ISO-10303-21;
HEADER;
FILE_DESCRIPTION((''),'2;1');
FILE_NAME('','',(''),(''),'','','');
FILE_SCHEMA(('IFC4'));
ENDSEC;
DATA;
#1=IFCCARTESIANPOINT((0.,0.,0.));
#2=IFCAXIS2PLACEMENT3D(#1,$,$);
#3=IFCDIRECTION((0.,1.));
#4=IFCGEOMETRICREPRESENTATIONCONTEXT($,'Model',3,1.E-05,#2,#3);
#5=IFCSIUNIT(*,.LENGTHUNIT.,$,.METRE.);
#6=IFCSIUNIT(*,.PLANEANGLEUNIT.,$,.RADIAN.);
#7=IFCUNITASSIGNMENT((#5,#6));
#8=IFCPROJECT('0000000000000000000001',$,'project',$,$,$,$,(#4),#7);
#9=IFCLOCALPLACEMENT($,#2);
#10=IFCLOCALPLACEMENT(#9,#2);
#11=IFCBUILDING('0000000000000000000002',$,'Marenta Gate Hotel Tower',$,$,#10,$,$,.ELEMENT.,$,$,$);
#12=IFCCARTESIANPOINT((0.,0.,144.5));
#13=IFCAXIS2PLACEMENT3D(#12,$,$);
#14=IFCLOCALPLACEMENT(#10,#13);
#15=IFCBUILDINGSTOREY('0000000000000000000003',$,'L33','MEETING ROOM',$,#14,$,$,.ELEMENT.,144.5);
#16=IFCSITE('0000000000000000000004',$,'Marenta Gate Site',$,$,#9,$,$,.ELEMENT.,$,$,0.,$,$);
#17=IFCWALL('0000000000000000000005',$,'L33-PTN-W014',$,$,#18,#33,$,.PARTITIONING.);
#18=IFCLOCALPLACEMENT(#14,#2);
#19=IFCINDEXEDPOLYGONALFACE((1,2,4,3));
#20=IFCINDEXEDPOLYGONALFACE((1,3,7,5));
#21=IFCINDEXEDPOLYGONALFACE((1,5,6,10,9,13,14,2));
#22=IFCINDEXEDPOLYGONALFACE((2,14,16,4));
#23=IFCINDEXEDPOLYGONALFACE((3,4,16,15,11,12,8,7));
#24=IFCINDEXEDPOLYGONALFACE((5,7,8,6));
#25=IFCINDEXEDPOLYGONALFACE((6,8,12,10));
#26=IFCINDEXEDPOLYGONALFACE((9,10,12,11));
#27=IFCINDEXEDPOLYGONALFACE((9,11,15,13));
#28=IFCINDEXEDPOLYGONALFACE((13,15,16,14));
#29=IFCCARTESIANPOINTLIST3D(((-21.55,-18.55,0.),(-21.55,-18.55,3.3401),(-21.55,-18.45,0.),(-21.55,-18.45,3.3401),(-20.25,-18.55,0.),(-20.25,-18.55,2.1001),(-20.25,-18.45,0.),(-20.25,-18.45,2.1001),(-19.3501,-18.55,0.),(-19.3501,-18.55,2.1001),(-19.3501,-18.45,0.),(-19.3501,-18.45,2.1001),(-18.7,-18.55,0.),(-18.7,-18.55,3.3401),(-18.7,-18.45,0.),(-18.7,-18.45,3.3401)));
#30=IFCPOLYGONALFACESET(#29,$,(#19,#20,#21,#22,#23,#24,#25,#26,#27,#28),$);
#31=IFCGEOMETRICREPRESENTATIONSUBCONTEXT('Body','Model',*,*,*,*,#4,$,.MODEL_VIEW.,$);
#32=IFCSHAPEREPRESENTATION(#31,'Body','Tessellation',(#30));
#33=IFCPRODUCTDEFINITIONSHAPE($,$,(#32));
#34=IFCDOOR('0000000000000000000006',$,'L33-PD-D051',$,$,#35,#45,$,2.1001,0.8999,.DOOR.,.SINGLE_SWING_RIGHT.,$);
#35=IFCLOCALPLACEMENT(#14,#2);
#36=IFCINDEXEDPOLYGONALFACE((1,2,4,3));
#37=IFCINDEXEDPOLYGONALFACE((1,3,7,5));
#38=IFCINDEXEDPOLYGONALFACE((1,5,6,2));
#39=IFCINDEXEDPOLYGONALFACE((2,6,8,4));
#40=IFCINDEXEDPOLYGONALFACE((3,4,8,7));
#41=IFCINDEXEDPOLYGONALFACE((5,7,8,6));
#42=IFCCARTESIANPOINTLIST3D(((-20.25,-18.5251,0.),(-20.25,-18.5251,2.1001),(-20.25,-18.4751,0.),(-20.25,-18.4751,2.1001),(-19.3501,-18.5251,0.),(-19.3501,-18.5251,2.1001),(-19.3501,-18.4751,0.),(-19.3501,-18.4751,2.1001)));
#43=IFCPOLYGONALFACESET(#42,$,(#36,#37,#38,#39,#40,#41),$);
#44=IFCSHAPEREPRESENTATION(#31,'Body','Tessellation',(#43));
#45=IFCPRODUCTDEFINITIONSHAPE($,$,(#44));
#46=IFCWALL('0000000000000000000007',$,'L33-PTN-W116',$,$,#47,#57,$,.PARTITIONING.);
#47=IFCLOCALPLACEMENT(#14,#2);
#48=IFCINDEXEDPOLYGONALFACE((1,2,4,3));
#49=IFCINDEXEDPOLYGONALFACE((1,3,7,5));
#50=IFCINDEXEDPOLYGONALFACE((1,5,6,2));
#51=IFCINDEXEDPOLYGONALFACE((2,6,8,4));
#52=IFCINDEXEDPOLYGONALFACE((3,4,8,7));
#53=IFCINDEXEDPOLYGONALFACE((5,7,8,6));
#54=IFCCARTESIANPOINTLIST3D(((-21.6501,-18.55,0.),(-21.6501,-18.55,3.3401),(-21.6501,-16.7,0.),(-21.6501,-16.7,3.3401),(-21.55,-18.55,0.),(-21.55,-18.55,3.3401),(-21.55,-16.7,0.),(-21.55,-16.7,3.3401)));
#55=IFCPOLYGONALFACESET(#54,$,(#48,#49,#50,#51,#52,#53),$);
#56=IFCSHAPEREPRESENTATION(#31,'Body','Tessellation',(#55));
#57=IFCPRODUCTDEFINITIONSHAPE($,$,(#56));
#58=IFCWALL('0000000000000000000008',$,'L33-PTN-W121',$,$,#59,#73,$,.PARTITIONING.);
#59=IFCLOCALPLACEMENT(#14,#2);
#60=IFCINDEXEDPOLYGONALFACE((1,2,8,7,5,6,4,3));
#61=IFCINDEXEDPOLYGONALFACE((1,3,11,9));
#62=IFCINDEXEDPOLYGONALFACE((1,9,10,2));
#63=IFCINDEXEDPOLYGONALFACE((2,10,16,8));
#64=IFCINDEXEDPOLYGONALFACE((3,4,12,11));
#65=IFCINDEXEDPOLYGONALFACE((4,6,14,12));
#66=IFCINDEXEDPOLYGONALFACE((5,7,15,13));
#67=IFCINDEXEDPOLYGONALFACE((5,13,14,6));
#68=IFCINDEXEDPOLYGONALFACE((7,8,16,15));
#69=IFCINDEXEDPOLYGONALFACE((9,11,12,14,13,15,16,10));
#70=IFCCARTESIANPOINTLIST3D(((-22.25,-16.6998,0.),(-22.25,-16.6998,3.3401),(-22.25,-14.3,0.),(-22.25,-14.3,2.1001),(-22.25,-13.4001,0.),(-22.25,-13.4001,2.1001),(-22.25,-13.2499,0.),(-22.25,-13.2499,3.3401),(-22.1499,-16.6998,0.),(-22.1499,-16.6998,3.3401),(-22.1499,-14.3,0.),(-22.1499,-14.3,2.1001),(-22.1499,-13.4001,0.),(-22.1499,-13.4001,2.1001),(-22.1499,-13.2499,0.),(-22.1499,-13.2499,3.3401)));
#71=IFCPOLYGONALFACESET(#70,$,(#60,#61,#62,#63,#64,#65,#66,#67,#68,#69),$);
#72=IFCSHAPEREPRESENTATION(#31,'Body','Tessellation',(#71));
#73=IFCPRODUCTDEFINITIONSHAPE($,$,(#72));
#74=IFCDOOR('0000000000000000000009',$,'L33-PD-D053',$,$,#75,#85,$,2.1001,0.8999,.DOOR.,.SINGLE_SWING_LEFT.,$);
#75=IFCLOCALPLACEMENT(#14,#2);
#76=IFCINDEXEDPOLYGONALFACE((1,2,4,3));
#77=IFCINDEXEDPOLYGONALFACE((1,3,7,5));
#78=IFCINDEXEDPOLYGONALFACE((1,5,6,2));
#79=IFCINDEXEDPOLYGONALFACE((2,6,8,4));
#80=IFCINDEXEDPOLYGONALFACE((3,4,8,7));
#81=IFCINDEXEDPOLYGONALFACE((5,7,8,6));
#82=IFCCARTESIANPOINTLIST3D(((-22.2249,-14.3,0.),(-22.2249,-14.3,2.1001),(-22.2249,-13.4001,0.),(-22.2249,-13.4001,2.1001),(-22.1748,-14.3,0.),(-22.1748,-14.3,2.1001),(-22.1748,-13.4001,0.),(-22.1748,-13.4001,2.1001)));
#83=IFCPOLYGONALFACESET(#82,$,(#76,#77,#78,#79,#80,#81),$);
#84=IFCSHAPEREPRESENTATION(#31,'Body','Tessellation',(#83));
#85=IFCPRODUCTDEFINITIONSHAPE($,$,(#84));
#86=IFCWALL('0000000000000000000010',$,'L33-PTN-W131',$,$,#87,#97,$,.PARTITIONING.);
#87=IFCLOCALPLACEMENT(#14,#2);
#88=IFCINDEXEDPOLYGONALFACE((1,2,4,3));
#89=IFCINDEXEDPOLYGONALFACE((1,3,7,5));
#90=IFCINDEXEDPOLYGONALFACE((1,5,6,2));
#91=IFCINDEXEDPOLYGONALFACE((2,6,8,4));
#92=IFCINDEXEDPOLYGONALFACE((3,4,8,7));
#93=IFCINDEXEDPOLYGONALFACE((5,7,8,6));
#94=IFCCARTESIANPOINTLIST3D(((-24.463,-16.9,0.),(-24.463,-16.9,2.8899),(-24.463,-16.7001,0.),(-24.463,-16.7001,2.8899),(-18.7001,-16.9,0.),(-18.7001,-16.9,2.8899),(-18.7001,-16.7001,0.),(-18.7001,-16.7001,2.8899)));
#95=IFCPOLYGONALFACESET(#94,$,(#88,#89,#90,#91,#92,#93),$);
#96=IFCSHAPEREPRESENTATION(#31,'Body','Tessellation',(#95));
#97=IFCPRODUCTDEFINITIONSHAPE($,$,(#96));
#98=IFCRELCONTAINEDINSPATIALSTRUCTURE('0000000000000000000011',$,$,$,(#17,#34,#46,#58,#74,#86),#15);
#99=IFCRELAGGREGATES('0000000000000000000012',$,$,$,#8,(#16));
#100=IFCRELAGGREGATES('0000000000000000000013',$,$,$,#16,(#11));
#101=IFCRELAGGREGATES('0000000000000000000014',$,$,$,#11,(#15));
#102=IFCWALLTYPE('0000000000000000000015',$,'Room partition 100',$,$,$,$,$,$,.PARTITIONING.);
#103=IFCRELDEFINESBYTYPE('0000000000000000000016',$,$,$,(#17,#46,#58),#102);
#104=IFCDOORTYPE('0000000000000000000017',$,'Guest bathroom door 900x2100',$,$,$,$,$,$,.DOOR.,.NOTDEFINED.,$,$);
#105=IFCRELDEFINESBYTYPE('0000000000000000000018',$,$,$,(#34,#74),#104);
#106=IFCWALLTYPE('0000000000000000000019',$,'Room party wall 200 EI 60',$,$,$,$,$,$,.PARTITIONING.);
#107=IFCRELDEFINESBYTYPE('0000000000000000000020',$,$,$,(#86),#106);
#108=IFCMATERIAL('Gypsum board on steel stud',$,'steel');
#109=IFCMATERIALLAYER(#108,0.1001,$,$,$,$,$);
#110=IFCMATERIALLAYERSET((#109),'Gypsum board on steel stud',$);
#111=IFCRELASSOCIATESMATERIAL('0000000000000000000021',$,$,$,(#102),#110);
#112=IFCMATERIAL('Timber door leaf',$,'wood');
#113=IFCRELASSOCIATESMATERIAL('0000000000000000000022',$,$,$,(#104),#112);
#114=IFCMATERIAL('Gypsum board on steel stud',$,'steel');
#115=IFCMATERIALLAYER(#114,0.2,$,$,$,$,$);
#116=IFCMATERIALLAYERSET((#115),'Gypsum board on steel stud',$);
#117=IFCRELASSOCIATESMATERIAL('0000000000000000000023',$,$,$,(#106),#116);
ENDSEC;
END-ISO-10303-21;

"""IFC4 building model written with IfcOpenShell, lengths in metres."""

from ifc_helpers import new_model, si_unit, direction, frame, frame_2d, origin, place, context, subcontext, project, spatial, rectangle, extrude, material, layer, layer_set, type_object, element, fill, save


model = new_model("IFC4")

# Units and contexts
model_context = context("Model", 3, precision=1e-05, world=origin(), true_north=direction((0.0, 1.0)))
body_context = subcontext(model_context, "Body", "Model", "MODEL_VIEW")
ifc_project = project(units=[si_unit("LENGTHUNIT", "METRE"), si_unit("PLANEANGLEUNIT", "RADIAN")], contexts=[model_context])

# Site, building, storey
site_placement = place(None, origin())
site = spatial("IfcSite", under=ifc_project, at=site_placement, Name="Marenta Gate Site", CompositionType="ELEMENT", RefElevation=0.0)
building_placement = place(site_placement, origin())
building = spatial("IfcBuilding", under=site, at=building_placement, Name="Marenta Gate Hotel Tower", CompositionType="ELEMENT")
storey_placement = place(building_placement, frame((0.0, 0.0, 144.5)))
storey = spatial("IfcBuildingStorey", under=building, at=storey_placement, Name="L33", Description="MEETING ROOM", CompositionType="ELEMENT", Elevation=144.5)

# Wall, opening, door
ifc_material_1 = material(Name="Gypsum board on steel stud", Category="steel")
ifc_layer_1 = layer(ifc_material_1, 0.1001)
ifc_layer_set_1 = layer_set([ifc_layer_1], Name="Gypsum board on steel stud")
wall_type_1 = type_object("IfcWallType", Name="Room partition 100", PredefinedType="PARTITIONING", material=ifc_layer_set_1)
wall_1_placement = place(storey_placement, frame((-21.55, -18.5, 0.0), z_axis=(0.0, 0.0, 1.0), x_axis=(1.0, 0.0, 0.0)))
wall_1 = element("IfcWall", 1, at=wall_1_placement, inside=storey, type_object=wall_type_1, Name="L33-PTN-W014", PredefinedType="PARTITIONING", context=body_context, shape_type="SweptSolid", body=[
    extrude(rectangle(XDim=2.8501, YDim=0.1001, at=frame_2d((1.425, 0.0))), origin(), (0.0, 0.0, 1.0), 3.3401),
])
opening_1_placement = place(wall_1_placement, frame((1.3, 0.0, 0.0)))
opening_1 = element("IfcOpeningElement", 2, at=opening_1_placement, cuts=wall_1, PredefinedType="OPENING", context=body_context, shape_type="SweptSolid", body=[
    extrude(rectangle(XDim=0.8999, YDim=2.1001, at=frame_2d((0.45, 1.05))), frame((0.0, 0.05, 0.0), z_axis=(0.0, -1.0, 0.0), x_axis=(1.0, 0.0, 0.0)), (0.0, 0.0, 1.0), 0.1001),
])
ifc_material_2 = material(Name="Timber door leaf", Category="wood")
door_type_1 = type_object("IfcDoorType", Name="Guest bathroom door 900x2100", OperationType="NOTDEFINED", PredefinedType="DOOR", material=ifc_material_2)
door_1_placement = place(opening_1_placement, origin())
door_1 = element("IfcDoor", 3, at=door_1_placement, inside=storey, type_object=door_type_1, Name="L33-PD-D051", OperationType="SINGLE_SWING_RIGHT", OverallHeight=2.1001, OverallWidth=0.8999, PredefinedType="DOOR", context=body_context, shape_type="SweptSolid", body=[
    extrude(rectangle(XDim=0.8999, YDim=2.1001, at=frame_2d((0.45, 1.05))), frame((0.0, 0.0249, 0.0), z_axis=(0.0, -1.0, 0.0), x_axis=(1.0, 0.0, 0.0)), (0.0, 0.0, 1.0), 0.05),
])
fill(opening_1, door_1)

# Wall
wall_2_placement = place(storey_placement, frame((-21.6001, -18.55, 0.0), z_axis=(0.0, 0.0, 1.0), x_axis=(0.0, 1.0, 0.0)))
element("IfcWall", 4, at=wall_2_placement, inside=storey, type_object=wall_type_1, Name="L33-PTN-W116", PredefinedType="PARTITIONING", context=body_context, shape_type="SweptSolid", body=[
    extrude(rectangle(XDim=1.8501, YDim=0.1001, at=frame_2d((0.925, 0.0))), origin(), (0.0, 0.0, 1.0), 3.3401),
])

# Wall, opening, door
wall_3_placement = place(storey_placement, frame((-22.2, -16.7, 0.0), z_axis=(0.0, 0.0, 1.0), x_axis=(0.0, 1.0, 0.0)))
wall_3 = element("IfcWall", 5, at=wall_3_placement, inside=storey, type_object=wall_type_1, Name="L33-PTN-W121", PredefinedType="PARTITIONING", context=body_context, shape_type="SweptSolid", body=[
    extrude(rectangle(XDim=3.45, YDim=0.1001, at=frame_2d((1.7251, 0.0))), origin(), (0.0, 0.0, 1.0), 3.3401),
])
opening_2_placement = place(wall_3_placement, frame((2.3999, 0.0, 0.0)))
opening_2 = element("IfcOpeningElement", 6, at=opening_2_placement, cuts=wall_3, PredefinedType="OPENING", context=body_context, shape_type="SweptSolid", body=[
    extrude(rectangle(XDim=0.8999, YDim=2.1001, at=frame_2d((0.45, 1.05))), frame((0.0, 0.05, 0.0), z_axis=(0.0, -1.0, 0.0), x_axis=(1.0, 0.0, 0.0)), (0.0, 0.0, 1.0), 0.1001),
])
door_2_placement = place(opening_2_placement, origin())
door_2 = element("IfcDoor", 7, at=door_2_placement, inside=storey, type_object=door_type_1, Name="L33-PD-D053", OperationType="SINGLE_SWING_LEFT", OverallHeight=2.1001, OverallWidth=0.8999, PredefinedType="DOOR", context=body_context, shape_type="SweptSolid", body=[
    extrude(rectangle(XDim=0.8999, YDim=2.1001, at=frame_2d((0.45, 1.05))), frame((0.0, 0.0249, 0.0), z_axis=(0.0, -1.0, 0.0), x_axis=(1.0, 0.0, 0.0)), (0.0, 0.0, 1.0), 0.05),
])
fill(opening_2, door_2)

# Wall
ifc_material_3 = material(Name="Gypsum board on steel stud", Category="steel")
ifc_layer_2 = layer(ifc_material_3, 0.2)
ifc_layer_set_2 = layer_set([ifc_layer_2], Name="Gypsum board on steel stud")
wall_type_2 = type_object("IfcWallType", Name="Room party wall 200 EI 60", PredefinedType="PARTITIONING", material=ifc_layer_set_2)
wall_4_placement = place(storey_placement, frame((-24.4629, -16.8, 0.0), z_axis=(0.0, 0.0, 1.0), x_axis=(1.0, 0.0, 0.0)))
element("IfcWall", 8, at=wall_4_placement, inside=storey, type_object=wall_type_2, Name="L33-PTN-W131", PredefinedType="PARTITIONING", context=body_context, shape_type="SweptSolid", body=[
    extrude(rectangle(XDim=5.7629, YDim=0.2, at=frame_2d((2.8813, 0.0))), origin(), (0.0, 0.0, 1.0), 2.8899),
])

save(model, "model.ifc")
